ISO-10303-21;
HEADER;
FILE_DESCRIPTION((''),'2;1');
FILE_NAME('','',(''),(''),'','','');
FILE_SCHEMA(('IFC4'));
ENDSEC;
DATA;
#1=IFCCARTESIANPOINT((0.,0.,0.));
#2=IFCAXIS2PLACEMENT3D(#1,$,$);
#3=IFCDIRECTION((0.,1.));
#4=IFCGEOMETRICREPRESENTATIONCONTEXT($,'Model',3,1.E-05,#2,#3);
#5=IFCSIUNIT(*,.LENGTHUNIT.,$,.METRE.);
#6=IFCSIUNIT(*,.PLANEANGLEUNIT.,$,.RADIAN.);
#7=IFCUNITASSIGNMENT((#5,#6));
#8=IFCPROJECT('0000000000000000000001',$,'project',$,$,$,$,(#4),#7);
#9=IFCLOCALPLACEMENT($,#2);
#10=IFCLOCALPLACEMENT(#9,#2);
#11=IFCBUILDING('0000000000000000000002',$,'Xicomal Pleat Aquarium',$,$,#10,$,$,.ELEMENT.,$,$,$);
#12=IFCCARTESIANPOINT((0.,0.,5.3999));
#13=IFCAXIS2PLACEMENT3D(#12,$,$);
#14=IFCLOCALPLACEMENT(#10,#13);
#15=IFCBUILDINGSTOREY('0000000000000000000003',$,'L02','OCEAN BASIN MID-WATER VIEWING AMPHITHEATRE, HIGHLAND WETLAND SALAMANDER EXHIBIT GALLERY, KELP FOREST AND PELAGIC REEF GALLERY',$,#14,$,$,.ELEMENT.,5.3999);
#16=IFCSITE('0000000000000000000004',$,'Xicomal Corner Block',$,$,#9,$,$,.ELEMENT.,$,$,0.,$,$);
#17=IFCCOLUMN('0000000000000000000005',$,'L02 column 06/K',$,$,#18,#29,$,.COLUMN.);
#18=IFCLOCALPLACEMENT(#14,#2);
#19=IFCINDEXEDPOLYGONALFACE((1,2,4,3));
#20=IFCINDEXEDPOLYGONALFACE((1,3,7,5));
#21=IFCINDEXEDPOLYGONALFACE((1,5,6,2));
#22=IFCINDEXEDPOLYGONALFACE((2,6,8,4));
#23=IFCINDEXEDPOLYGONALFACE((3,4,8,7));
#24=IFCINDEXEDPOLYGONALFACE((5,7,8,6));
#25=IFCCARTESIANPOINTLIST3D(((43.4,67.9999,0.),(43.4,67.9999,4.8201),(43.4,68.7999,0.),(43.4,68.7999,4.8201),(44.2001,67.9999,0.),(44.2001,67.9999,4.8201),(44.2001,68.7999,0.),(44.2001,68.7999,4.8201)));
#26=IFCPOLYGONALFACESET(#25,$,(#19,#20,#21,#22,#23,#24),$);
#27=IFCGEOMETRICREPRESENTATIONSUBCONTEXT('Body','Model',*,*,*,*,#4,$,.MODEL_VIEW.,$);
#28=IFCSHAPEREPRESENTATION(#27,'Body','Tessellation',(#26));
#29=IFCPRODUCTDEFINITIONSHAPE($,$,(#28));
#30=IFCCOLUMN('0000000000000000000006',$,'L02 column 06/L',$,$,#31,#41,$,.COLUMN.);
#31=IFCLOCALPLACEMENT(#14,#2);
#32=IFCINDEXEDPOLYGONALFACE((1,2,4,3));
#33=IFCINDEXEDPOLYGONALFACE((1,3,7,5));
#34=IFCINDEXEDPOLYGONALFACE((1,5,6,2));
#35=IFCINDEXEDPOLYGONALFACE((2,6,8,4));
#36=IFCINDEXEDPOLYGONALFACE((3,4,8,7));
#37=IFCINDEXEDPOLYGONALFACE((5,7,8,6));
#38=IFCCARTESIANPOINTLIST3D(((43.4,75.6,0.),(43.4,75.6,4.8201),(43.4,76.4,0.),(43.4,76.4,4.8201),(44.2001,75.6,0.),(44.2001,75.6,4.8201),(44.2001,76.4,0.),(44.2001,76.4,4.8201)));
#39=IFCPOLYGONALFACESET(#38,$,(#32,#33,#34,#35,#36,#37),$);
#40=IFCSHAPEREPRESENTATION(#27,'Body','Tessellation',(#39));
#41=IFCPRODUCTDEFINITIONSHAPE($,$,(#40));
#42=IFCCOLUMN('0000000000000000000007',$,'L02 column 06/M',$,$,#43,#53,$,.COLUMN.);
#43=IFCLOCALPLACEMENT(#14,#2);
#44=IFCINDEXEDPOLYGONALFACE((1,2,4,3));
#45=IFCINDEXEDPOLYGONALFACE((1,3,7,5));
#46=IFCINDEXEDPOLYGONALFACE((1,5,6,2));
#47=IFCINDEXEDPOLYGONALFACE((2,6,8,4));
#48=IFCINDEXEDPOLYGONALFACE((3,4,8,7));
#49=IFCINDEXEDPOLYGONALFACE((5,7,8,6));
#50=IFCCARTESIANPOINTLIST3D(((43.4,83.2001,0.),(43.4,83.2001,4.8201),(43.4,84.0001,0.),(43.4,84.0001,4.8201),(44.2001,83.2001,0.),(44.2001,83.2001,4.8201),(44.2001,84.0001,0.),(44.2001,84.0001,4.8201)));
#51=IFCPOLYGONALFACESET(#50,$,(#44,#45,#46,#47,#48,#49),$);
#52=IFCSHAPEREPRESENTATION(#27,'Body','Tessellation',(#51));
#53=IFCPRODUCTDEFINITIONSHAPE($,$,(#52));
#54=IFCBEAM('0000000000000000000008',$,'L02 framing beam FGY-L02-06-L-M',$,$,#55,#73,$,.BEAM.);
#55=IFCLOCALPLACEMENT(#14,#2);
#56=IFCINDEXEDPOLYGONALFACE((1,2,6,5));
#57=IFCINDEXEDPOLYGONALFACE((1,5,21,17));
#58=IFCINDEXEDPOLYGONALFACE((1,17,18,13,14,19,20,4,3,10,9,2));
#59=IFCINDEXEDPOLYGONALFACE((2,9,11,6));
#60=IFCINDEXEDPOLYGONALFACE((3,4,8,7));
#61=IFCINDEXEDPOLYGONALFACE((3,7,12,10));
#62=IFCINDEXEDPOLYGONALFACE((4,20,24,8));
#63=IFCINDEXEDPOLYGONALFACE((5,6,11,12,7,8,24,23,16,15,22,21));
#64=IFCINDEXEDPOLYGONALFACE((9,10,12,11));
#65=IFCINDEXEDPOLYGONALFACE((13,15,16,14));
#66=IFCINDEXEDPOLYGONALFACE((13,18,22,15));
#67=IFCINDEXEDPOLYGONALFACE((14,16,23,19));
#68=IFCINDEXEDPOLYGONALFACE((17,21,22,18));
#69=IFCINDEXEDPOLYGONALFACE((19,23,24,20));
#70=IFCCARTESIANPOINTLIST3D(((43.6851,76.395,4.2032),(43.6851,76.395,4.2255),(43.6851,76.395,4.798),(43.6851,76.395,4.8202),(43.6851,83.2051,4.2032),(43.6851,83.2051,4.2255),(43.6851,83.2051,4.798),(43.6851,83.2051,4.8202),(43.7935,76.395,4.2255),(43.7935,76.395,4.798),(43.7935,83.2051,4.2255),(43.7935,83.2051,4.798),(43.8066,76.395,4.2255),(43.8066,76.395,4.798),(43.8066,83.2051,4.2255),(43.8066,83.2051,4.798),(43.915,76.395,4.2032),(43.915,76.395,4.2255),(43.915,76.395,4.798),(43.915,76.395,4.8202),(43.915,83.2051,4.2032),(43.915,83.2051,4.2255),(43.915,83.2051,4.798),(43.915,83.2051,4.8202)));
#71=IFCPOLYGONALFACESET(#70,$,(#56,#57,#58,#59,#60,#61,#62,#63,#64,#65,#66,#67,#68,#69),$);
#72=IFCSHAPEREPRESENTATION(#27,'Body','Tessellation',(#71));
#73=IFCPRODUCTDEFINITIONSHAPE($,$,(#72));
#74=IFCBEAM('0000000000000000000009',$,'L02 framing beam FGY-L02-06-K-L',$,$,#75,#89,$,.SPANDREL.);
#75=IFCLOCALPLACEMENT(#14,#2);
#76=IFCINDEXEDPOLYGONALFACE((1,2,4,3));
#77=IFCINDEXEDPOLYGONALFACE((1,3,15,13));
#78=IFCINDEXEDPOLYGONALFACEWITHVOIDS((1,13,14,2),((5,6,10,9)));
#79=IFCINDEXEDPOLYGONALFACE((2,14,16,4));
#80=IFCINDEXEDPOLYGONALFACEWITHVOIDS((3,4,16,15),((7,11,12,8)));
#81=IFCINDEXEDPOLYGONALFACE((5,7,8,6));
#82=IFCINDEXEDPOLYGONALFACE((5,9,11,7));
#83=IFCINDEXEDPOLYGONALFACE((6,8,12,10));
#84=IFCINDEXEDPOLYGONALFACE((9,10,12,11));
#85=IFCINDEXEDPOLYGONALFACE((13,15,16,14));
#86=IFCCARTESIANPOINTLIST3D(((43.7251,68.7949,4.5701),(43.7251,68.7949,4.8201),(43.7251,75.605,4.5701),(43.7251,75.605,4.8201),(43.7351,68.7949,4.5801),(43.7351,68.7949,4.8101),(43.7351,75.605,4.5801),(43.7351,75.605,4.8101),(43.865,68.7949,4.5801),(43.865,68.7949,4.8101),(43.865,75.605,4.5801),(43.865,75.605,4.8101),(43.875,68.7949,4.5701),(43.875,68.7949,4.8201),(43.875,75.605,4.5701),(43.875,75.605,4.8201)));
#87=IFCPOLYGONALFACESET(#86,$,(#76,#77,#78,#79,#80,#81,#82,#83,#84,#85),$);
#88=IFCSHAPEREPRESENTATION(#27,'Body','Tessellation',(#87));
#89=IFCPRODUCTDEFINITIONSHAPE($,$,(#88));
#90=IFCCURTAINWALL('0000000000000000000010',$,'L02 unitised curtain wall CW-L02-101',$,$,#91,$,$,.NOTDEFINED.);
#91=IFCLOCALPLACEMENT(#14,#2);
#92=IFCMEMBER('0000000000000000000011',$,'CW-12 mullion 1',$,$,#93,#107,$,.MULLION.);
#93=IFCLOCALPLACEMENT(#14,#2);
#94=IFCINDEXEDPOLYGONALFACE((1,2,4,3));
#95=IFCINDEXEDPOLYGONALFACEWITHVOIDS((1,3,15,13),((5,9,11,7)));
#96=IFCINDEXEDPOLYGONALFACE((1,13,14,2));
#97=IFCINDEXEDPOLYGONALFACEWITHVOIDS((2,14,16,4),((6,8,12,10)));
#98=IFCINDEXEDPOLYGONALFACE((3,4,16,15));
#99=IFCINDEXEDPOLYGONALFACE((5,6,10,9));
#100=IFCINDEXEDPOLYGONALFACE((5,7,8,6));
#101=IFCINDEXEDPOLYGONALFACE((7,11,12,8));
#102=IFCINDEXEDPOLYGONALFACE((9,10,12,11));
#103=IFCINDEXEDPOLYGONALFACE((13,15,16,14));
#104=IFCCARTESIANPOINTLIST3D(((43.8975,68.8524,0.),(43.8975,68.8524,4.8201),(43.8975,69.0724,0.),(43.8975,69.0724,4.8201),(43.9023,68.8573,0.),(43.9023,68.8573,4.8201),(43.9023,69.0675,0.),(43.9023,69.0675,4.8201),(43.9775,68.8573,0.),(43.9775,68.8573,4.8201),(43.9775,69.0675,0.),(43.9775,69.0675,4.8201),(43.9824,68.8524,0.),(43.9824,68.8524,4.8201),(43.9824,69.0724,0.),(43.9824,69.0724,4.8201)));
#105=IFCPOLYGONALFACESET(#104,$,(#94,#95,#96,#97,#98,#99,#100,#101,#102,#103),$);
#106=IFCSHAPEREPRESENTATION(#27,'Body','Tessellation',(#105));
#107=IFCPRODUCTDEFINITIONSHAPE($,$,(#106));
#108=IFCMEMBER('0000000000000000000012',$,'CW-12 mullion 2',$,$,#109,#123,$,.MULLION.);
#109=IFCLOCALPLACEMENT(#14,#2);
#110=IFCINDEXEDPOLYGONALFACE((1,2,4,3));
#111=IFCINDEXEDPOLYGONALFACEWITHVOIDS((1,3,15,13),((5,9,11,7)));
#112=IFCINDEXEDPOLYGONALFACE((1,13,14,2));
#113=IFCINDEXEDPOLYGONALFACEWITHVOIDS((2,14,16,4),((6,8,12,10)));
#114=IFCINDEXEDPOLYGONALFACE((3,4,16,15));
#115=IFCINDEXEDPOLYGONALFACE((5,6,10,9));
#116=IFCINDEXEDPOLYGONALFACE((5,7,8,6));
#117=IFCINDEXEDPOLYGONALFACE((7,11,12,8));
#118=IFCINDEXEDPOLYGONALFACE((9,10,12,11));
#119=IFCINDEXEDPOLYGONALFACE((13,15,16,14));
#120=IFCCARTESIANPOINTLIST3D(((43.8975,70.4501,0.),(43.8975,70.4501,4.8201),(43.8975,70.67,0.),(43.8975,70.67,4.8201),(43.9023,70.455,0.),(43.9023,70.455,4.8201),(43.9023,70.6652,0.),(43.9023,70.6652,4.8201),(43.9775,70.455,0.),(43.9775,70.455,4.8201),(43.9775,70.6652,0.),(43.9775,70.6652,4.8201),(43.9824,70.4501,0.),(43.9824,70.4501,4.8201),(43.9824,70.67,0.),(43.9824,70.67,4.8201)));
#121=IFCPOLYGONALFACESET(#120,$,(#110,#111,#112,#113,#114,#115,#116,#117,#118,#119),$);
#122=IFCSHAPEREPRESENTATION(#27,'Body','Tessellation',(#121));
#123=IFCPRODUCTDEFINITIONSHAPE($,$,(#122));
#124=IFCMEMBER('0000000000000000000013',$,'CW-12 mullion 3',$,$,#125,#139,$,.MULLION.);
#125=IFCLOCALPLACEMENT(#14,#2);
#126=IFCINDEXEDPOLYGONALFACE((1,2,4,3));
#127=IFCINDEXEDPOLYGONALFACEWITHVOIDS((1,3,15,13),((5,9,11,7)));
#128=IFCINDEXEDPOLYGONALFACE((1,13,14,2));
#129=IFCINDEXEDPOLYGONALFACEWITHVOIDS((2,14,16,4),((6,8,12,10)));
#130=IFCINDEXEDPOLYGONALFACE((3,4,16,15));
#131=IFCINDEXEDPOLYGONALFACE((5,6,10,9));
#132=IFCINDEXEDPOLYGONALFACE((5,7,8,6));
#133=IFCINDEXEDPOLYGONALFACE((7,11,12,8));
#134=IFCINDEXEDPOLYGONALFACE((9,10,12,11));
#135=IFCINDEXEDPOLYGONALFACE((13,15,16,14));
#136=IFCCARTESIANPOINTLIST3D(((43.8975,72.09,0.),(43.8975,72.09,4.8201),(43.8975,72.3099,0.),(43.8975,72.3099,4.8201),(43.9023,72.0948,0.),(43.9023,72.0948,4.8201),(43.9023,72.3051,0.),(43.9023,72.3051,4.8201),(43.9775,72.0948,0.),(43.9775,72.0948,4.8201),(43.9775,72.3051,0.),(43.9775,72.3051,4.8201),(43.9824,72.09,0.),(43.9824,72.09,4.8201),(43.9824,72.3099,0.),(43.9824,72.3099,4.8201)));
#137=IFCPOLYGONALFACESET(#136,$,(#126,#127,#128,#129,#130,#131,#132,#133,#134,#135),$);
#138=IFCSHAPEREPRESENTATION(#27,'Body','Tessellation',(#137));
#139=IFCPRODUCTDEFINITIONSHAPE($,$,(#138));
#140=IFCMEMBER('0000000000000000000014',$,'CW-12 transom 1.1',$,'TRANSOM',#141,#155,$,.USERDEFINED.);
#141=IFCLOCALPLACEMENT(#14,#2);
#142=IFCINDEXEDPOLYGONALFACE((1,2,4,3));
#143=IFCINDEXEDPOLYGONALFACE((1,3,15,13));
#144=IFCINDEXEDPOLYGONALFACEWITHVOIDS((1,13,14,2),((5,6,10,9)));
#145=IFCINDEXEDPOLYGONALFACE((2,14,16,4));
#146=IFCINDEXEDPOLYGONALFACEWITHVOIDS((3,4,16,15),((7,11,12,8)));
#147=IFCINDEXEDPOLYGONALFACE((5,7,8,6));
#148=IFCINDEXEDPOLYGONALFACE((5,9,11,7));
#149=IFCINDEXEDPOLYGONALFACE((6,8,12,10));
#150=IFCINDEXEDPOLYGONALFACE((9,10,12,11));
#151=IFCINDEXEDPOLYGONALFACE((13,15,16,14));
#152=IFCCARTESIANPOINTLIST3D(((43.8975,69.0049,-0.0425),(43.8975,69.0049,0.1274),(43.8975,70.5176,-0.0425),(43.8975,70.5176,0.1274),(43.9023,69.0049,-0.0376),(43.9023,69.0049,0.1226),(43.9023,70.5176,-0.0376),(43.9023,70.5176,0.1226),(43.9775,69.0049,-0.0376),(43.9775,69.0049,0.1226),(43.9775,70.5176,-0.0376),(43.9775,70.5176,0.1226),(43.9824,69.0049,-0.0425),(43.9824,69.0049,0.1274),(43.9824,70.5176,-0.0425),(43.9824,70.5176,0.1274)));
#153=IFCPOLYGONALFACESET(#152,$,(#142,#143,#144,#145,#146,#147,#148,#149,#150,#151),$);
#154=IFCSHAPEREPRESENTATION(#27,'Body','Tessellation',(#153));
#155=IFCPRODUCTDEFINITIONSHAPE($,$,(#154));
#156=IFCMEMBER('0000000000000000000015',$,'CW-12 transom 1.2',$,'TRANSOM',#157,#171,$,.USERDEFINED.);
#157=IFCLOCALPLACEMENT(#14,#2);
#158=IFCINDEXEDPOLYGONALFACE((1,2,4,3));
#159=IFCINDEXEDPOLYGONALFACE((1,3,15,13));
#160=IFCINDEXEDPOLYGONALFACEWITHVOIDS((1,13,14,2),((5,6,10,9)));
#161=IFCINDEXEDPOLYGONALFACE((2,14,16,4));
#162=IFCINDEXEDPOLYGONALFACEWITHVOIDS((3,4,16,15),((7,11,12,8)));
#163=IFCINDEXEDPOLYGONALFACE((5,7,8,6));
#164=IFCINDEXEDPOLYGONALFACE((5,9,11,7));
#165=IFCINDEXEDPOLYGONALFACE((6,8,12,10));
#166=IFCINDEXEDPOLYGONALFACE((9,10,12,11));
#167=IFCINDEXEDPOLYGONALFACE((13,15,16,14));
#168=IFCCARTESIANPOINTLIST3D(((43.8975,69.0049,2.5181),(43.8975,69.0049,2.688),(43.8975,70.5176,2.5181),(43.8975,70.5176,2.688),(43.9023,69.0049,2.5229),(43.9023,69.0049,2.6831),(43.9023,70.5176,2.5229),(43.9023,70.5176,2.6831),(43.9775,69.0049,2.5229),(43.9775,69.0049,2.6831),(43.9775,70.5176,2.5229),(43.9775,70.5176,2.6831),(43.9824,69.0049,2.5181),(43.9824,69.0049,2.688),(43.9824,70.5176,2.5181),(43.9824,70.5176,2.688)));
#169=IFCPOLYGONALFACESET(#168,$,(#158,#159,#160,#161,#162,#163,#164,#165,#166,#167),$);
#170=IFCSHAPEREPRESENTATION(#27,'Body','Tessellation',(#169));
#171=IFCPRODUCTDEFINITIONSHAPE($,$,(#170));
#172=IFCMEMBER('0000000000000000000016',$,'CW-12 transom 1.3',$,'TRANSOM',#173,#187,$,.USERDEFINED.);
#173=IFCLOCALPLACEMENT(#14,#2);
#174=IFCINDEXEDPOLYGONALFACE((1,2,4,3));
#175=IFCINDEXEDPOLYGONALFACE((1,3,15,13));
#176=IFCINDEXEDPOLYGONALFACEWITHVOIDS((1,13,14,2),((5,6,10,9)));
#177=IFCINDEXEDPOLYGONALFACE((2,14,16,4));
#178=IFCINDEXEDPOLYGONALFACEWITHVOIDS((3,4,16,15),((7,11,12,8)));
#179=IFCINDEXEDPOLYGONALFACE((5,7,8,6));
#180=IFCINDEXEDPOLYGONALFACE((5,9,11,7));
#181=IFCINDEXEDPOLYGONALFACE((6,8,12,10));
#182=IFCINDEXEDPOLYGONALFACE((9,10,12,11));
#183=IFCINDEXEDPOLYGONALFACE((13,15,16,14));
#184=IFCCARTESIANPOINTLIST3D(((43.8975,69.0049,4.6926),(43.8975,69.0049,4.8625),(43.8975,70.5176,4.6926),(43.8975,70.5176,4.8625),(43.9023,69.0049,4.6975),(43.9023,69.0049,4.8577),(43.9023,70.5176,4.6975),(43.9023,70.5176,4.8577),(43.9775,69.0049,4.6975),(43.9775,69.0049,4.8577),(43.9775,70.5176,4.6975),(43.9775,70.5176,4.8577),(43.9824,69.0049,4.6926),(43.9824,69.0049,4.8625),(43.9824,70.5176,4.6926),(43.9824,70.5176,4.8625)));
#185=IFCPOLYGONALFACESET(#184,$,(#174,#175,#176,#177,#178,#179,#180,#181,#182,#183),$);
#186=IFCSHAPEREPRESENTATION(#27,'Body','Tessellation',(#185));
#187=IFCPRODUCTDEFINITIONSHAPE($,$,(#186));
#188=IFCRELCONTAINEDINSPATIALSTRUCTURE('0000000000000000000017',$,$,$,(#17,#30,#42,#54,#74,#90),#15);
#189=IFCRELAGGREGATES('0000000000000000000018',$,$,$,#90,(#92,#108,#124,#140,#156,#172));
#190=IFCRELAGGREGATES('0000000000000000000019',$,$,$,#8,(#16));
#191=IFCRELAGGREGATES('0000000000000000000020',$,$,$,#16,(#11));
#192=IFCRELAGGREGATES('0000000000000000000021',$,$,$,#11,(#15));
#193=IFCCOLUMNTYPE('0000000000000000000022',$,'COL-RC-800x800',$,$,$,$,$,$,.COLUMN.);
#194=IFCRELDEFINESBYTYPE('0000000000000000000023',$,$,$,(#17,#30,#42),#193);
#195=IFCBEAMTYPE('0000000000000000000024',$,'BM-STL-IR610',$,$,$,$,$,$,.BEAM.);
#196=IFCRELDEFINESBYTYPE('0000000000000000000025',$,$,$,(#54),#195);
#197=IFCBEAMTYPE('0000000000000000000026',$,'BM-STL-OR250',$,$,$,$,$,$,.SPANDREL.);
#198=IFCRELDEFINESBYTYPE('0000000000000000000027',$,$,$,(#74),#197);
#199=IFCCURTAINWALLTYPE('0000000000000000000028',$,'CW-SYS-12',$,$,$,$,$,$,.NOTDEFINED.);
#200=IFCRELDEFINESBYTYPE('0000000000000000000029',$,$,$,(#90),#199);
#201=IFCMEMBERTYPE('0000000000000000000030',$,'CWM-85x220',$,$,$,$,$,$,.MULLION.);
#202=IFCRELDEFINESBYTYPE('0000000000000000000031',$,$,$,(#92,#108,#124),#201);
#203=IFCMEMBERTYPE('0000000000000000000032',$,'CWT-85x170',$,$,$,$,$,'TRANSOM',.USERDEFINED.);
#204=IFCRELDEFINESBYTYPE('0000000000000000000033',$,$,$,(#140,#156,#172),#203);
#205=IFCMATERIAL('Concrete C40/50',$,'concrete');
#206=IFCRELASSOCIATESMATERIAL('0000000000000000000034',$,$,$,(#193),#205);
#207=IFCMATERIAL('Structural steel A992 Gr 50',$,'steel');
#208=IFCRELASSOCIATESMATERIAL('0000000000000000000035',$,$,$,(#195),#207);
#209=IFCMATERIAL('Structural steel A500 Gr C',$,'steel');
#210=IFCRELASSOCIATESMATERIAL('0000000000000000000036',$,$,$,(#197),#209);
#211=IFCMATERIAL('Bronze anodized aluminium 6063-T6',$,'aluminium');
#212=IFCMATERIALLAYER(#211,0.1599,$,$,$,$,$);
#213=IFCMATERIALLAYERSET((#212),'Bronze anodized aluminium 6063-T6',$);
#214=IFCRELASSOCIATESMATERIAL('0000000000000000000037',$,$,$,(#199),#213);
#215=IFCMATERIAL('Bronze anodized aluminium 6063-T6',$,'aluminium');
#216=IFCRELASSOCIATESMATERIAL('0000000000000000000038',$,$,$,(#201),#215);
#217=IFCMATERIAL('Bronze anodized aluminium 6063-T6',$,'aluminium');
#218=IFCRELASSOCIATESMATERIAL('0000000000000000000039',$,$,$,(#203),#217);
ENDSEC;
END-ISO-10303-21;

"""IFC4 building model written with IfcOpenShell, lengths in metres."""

from ifc_helpers import new_model, si_unit, direction, frame, origin, origin_2d, place, context, subcontext, project, spatial, rectangle, hollow_rectangle, i_section, extrude, material, layer, layer_set, material_profile, profile_set, type_object, element, aggregate, save


model = new_model("IFC4")

# Units and contexts
model_context = context("Model", 3, precision=1e-05, world=origin(), true_north=direction((0.0, 1.0)))
body_context = subcontext(model_context, "Body", "Model", "MODEL_VIEW")
ifc_project = project(units=[si_unit("LENGTHUNIT", "METRE"), si_unit("PLANEANGLEUNIT", "RADIAN")], contexts=[model_context])

# Site, building, storey
site_placement = place(None, origin())
site = spatial("IfcSite", under=ifc_project, at=site_placement, Name="Xicomal Corner Block", CompositionType="ELEMENT", RefElevation=0.0)
building_placement = place(site_placement, origin())
building = spatial("IfcBuilding", under=site, at=building_placement, Name="Xicomal Pleat Aquarium", CompositionType="ELEMENT")
storey_placement = place(building_placement, frame((0.0, 0.0, 5.3999)))
storey = spatial("IfcBuildingStorey", under=building, at=storey_placement, Name="L02", Description="OCEAN BASIN MID-WATER VIEWING AMPHITHEATRE, HIGHLAND WETLAND SALAMANDER EXHIBIT GALLERY, KELP FOREST AND PELAGIC REEF GALLERY", CompositionType="ELEMENT", Elevation=5.3999)

# Columns
ifc_material_1 = material(Name="Concrete C40/50", Category="concrete")
ifc_material_profile_1 = material_profile(ifc_material_1, rectangle(XDim=0.8, YDim=0.8, at=origin_2d()), Name="RC 800x800")
ifc_profile_set_1 = profile_set([ifc_material_profile_1], Name="Concrete C40/50")
column_type = type_object("IfcColumnType", Name="COL-RC-800x800", PredefinedType="COLUMN", material=ifc_profile_set_1)
for number, where, z_axis, x_axis, name in (
    (1, (43.8, 68.3999, 0.0), (0.0, 0.0, 1.0), (1.0, 0.0, 0.0), "L02 column 06/K"),
    (2, (43.8, 76.0, 0.0), (0.0, 0.0, 1.0), (1.0, 0.0, 0.0), "L02 column 06/L"),
    (3, (43.8, 83.6001, 0.0), (0.0, 0.0, 1.0), (1.0, 0.0, 0.0), "L02 column 06/M"),
):
    element("IfcColumn", number, at=place(storey_placement, frame(where, z_axis=z_axis, x_axis=x_axis)), inside=storey, type_object=column_type, Name=name, PredefinedType="COLUMN", context=body_context, shape_type="SweptSolid", body=[
        extrude(rectangle(XDim=0.8, YDim=0.8, at=origin_2d()), origin(), (0.0, 0.0, 1.0), 4.8201),
    ])

# Beams
ifc_material_2 = material(Name="Structural steel A992 Gr 50", Category="steel")
ifc_material_profile_2 = material_profile(ifc_material_2, i_section(OverallWidth=0.23, OverallDepth=0.6169, WebThickness=0.0132, FlangeThickness=0.0222, at=origin_2d()), Name="IR 610x140")
ifc_profile_set_2 = profile_set([ifc_material_profile_2], Name="Structural steel A992 Gr 50")
beam_type_1 = type_object("IfcBeamType", Name="BM-STL-IR610", PredefinedType="BEAM", material=ifc_profile_set_2)
beam_1_placement = place(storey_placement, frame((43.8, 76.395, 4.5117), z_axis=(0.0, 1.0, 0.0), x_axis=(-1.0, 0.0, 0.0)))
element("IfcBeam", 4, at=beam_1_placement, inside=storey, type_object=beam_type_1, Name="L02 framing beam FGY-L02-06-L-M", PredefinedType="BEAM", context=body_context, shape_type="SweptSolid", body=[
    extrude(i_section(OverallWidth=0.23, OverallDepth=0.6169, WebThickness=0.0132, FlangeThickness=0.0222, at=origin_2d()), origin(), (0.0, 0.0, 1.0), 6.8101),
])
ifc_material_3 = material(Name="Structural steel A500 Gr C", Category="steel")
ifc_material_profile_3 = material_profile(ifc_material_3, hollow_rectangle(XDim=0.1499, YDim=0.25, WallThickness=0.01, at=origin_2d()), Name="OR 250x150x10")
ifc_profile_set_3 = profile_set([ifc_material_profile_3], Name="Structural steel A500 Gr C")
beam_type_2 = type_object("IfcBeamType", Name="BM-STL-OR250", PredefinedType="SPANDREL", material=ifc_profile_set_3)
beam_2_placement = place(storey_placement, frame((43.8, 68.7949, 4.6951), z_axis=(0.0, 1.0, 0.0), x_axis=(-1.0, 0.0, 0.0)))
element("IfcBeam", 5, at=beam_2_placement, inside=storey, type_object=beam_type_2, Name="L02 framing beam FGY-L02-06-K-L", PredefinedType="SPANDREL", context=body_context, shape_type="SweptSolid", body=[
    extrude(hollow_rectangle(XDim=0.1499, YDim=0.25, WallThickness=0.01, at=origin_2d()), origin(), (0.0, 0.0, 1.0), 6.8101),
])

# Curtain wall, members
ifc_material_4 = material(Name="Bronze anodized aluminium 6063-T6", Category="aluminium")
ifc_layer_1 = layer(ifc_material_4, 0.1599)
ifc_layer_set_1 = layer_set([ifc_layer_1], Name="Bronze anodized aluminium 6063-T6")
curtain_wall_type = type_object("IfcCurtainWallType", Name="CW-SYS-12", PredefinedType="NOTDEFINED", material=ifc_layer_set_1)
curtain_wall_1_placement = place(storey_placement, origin())
curtain_wall_1 = element("IfcCurtainWall", 6, at=curtain_wall_1_placement, inside=storey, type_object=curtain_wall_type, Name="L02 unitised curtain wall CW-L02-101", PredefinedType="NOTDEFINED")
ifc_material_5 = material(Name="Bronze anodized aluminium 6063-T6", Category="aluminium")
ifc_material_profile_4 = material_profile(ifc_material_5, hollow_rectangle(XDim=0.085, YDim=0.22, WallThickness=0.0049, at=origin_2d()), Name="ALU MULL 85x220")
ifc_profile_set_4 = profile_set([ifc_material_profile_4], Name="Bronze anodized aluminium 6063-T6")
member_type_1 = type_object("IfcMemberType", Name="CWM-85x220", PredefinedType="MULLION", material=ifc_profile_set_4)
member_1_placement = place(storey_placement, frame((43.9399, 68.9624, 0.0), z_axis=(0.0, 0.0, 1.0), x_axis=(-1.0, 0.0, 0.0)))
member_1 = element("IfcMember", 7, at=member_1_placement, type_object=member_type_1, Name="CW-12 mullion 1", PredefinedType="MULLION", context=body_context, shape_type="SweptSolid", body=[
    extrude(hollow_rectangle(XDim=0.085, YDim=0.22, WallThickness=0.0049, at=origin_2d()), origin(), (0.0, 0.0, 1.0), 4.8201),
])
member_2_placement = place(storey_placement, frame((43.9399, 70.5601, 0.0), z_axis=(0.0, 0.0, 1.0), x_axis=(-1.0, 0.0, 0.0)))
member_2 = element("IfcMember", 8, at=member_2_placement, type_object=member_type_1, Name="CW-12 mullion 2", PredefinedType="MULLION", context=body_context, shape_type="SweptSolid", body=[
    extrude(hollow_rectangle(XDim=0.085, YDim=0.22, WallThickness=0.0049, at=origin_2d()), origin(), (0.0, 0.0, 1.0), 4.8201),
])
member_3_placement = place(storey_placement, frame((43.9399, 72.2, 0.0), z_axis=(0.0, 0.0, 1.0), x_axis=(-1.0, 0.0, 0.0)))
member_3 = element("IfcMember", 9, at=member_3_placement, type_object=member_type_1, Name="CW-12 mullion 3", PredefinedType="MULLION", context=body_context, shape_type="SweptSolid", body=[
    extrude(hollow_rectangle(XDim=0.085, YDim=0.22, WallThickness=0.0049, at=origin_2d()), origin(), (0.0, 0.0, 1.0), 4.8201),
])
ifc_material_6 = material(Name="Bronze anodized aluminium 6063-T6", Category="aluminium")
ifc_material_profile_5 = material_profile(ifc_material_6, hollow_rectangle(XDim=0.085, YDim=0.1699, WallThickness=0.0049, at=origin_2d()), Name="ALU TRAN 85x170")
ifc_profile_set_5 = profile_set([ifc_material_profile_5], Name="Bronze anodized aluminium 6063-T6")
member_type_2 = type_object("IfcMemberType", Name="CWT-85x170", ElementType="TRANSOM", PredefinedType="USERDEFINED", material=ifc_profile_set_5)
member_4_placement = place(storey_placement, frame((43.9399, 69.0049, 0.0425), z_axis=(0.0, 1.0, 0.0), x_axis=(-1.0, 0.0, 0.0)))
member_4 = element("IfcMember", 10, at=member_4_placement, type_object=member_type_2, Name="CW-12 transom 1.1", ObjectType="TRANSOM", PredefinedType="USERDEFINED", context=body_context, shape_type="SweptSolid", body=[
    extrude(hollow_rectangle(XDim=0.085, YDim=0.1699, WallThickness=0.0049, at=origin_2d()), origin(), (0.0, 0.0, 1.0), 1.5127),
])
member_5_placement = place(storey_placement, frame((43.9399, 69.0049, 2.603), z_axis=(0.0, 1.0, 0.0), x_axis=(-1.0, 0.0, 0.0)))
member_5 = element("IfcMember", 11, at=member_5_placement, type_object=member_type_2, Name="CW-12 transom 1.2", ObjectType="TRANSOM", PredefinedType="USERDEFINED", context=body_context, shape_type="SweptSolid", body=[
    extrude(hollow_rectangle(XDim=0.085, YDim=0.1699, WallThickness=0.0049, at=origin_2d()), origin(), (0.0, 0.0, 1.0), 1.5127),
])
member_6_placement = place(storey_placement, frame((43.9399, 69.0049, 4.7776), z_axis=(0.0, 1.0, 0.0), x_axis=(-1.0, 0.0, 0.0)))
member_6 = element("IfcMember", 12, at=member_6_placement, type_object=member_type_2, Name="CW-12 transom 1.3", ObjectType="TRANSOM", PredefinedType="USERDEFINED", context=body_context, shape_type="SweptSolid", body=[
    extrude(hollow_rectangle(XDim=0.085, YDim=0.1699, WallThickness=0.0049, at=origin_2d()), origin(), (0.0, 0.0, 1.0), 1.5127),
])

aggregate(curtain_wall_1, [member_1, member_2, member_3, member_4, member_5, member_6])

save(model, "model.ifc")
